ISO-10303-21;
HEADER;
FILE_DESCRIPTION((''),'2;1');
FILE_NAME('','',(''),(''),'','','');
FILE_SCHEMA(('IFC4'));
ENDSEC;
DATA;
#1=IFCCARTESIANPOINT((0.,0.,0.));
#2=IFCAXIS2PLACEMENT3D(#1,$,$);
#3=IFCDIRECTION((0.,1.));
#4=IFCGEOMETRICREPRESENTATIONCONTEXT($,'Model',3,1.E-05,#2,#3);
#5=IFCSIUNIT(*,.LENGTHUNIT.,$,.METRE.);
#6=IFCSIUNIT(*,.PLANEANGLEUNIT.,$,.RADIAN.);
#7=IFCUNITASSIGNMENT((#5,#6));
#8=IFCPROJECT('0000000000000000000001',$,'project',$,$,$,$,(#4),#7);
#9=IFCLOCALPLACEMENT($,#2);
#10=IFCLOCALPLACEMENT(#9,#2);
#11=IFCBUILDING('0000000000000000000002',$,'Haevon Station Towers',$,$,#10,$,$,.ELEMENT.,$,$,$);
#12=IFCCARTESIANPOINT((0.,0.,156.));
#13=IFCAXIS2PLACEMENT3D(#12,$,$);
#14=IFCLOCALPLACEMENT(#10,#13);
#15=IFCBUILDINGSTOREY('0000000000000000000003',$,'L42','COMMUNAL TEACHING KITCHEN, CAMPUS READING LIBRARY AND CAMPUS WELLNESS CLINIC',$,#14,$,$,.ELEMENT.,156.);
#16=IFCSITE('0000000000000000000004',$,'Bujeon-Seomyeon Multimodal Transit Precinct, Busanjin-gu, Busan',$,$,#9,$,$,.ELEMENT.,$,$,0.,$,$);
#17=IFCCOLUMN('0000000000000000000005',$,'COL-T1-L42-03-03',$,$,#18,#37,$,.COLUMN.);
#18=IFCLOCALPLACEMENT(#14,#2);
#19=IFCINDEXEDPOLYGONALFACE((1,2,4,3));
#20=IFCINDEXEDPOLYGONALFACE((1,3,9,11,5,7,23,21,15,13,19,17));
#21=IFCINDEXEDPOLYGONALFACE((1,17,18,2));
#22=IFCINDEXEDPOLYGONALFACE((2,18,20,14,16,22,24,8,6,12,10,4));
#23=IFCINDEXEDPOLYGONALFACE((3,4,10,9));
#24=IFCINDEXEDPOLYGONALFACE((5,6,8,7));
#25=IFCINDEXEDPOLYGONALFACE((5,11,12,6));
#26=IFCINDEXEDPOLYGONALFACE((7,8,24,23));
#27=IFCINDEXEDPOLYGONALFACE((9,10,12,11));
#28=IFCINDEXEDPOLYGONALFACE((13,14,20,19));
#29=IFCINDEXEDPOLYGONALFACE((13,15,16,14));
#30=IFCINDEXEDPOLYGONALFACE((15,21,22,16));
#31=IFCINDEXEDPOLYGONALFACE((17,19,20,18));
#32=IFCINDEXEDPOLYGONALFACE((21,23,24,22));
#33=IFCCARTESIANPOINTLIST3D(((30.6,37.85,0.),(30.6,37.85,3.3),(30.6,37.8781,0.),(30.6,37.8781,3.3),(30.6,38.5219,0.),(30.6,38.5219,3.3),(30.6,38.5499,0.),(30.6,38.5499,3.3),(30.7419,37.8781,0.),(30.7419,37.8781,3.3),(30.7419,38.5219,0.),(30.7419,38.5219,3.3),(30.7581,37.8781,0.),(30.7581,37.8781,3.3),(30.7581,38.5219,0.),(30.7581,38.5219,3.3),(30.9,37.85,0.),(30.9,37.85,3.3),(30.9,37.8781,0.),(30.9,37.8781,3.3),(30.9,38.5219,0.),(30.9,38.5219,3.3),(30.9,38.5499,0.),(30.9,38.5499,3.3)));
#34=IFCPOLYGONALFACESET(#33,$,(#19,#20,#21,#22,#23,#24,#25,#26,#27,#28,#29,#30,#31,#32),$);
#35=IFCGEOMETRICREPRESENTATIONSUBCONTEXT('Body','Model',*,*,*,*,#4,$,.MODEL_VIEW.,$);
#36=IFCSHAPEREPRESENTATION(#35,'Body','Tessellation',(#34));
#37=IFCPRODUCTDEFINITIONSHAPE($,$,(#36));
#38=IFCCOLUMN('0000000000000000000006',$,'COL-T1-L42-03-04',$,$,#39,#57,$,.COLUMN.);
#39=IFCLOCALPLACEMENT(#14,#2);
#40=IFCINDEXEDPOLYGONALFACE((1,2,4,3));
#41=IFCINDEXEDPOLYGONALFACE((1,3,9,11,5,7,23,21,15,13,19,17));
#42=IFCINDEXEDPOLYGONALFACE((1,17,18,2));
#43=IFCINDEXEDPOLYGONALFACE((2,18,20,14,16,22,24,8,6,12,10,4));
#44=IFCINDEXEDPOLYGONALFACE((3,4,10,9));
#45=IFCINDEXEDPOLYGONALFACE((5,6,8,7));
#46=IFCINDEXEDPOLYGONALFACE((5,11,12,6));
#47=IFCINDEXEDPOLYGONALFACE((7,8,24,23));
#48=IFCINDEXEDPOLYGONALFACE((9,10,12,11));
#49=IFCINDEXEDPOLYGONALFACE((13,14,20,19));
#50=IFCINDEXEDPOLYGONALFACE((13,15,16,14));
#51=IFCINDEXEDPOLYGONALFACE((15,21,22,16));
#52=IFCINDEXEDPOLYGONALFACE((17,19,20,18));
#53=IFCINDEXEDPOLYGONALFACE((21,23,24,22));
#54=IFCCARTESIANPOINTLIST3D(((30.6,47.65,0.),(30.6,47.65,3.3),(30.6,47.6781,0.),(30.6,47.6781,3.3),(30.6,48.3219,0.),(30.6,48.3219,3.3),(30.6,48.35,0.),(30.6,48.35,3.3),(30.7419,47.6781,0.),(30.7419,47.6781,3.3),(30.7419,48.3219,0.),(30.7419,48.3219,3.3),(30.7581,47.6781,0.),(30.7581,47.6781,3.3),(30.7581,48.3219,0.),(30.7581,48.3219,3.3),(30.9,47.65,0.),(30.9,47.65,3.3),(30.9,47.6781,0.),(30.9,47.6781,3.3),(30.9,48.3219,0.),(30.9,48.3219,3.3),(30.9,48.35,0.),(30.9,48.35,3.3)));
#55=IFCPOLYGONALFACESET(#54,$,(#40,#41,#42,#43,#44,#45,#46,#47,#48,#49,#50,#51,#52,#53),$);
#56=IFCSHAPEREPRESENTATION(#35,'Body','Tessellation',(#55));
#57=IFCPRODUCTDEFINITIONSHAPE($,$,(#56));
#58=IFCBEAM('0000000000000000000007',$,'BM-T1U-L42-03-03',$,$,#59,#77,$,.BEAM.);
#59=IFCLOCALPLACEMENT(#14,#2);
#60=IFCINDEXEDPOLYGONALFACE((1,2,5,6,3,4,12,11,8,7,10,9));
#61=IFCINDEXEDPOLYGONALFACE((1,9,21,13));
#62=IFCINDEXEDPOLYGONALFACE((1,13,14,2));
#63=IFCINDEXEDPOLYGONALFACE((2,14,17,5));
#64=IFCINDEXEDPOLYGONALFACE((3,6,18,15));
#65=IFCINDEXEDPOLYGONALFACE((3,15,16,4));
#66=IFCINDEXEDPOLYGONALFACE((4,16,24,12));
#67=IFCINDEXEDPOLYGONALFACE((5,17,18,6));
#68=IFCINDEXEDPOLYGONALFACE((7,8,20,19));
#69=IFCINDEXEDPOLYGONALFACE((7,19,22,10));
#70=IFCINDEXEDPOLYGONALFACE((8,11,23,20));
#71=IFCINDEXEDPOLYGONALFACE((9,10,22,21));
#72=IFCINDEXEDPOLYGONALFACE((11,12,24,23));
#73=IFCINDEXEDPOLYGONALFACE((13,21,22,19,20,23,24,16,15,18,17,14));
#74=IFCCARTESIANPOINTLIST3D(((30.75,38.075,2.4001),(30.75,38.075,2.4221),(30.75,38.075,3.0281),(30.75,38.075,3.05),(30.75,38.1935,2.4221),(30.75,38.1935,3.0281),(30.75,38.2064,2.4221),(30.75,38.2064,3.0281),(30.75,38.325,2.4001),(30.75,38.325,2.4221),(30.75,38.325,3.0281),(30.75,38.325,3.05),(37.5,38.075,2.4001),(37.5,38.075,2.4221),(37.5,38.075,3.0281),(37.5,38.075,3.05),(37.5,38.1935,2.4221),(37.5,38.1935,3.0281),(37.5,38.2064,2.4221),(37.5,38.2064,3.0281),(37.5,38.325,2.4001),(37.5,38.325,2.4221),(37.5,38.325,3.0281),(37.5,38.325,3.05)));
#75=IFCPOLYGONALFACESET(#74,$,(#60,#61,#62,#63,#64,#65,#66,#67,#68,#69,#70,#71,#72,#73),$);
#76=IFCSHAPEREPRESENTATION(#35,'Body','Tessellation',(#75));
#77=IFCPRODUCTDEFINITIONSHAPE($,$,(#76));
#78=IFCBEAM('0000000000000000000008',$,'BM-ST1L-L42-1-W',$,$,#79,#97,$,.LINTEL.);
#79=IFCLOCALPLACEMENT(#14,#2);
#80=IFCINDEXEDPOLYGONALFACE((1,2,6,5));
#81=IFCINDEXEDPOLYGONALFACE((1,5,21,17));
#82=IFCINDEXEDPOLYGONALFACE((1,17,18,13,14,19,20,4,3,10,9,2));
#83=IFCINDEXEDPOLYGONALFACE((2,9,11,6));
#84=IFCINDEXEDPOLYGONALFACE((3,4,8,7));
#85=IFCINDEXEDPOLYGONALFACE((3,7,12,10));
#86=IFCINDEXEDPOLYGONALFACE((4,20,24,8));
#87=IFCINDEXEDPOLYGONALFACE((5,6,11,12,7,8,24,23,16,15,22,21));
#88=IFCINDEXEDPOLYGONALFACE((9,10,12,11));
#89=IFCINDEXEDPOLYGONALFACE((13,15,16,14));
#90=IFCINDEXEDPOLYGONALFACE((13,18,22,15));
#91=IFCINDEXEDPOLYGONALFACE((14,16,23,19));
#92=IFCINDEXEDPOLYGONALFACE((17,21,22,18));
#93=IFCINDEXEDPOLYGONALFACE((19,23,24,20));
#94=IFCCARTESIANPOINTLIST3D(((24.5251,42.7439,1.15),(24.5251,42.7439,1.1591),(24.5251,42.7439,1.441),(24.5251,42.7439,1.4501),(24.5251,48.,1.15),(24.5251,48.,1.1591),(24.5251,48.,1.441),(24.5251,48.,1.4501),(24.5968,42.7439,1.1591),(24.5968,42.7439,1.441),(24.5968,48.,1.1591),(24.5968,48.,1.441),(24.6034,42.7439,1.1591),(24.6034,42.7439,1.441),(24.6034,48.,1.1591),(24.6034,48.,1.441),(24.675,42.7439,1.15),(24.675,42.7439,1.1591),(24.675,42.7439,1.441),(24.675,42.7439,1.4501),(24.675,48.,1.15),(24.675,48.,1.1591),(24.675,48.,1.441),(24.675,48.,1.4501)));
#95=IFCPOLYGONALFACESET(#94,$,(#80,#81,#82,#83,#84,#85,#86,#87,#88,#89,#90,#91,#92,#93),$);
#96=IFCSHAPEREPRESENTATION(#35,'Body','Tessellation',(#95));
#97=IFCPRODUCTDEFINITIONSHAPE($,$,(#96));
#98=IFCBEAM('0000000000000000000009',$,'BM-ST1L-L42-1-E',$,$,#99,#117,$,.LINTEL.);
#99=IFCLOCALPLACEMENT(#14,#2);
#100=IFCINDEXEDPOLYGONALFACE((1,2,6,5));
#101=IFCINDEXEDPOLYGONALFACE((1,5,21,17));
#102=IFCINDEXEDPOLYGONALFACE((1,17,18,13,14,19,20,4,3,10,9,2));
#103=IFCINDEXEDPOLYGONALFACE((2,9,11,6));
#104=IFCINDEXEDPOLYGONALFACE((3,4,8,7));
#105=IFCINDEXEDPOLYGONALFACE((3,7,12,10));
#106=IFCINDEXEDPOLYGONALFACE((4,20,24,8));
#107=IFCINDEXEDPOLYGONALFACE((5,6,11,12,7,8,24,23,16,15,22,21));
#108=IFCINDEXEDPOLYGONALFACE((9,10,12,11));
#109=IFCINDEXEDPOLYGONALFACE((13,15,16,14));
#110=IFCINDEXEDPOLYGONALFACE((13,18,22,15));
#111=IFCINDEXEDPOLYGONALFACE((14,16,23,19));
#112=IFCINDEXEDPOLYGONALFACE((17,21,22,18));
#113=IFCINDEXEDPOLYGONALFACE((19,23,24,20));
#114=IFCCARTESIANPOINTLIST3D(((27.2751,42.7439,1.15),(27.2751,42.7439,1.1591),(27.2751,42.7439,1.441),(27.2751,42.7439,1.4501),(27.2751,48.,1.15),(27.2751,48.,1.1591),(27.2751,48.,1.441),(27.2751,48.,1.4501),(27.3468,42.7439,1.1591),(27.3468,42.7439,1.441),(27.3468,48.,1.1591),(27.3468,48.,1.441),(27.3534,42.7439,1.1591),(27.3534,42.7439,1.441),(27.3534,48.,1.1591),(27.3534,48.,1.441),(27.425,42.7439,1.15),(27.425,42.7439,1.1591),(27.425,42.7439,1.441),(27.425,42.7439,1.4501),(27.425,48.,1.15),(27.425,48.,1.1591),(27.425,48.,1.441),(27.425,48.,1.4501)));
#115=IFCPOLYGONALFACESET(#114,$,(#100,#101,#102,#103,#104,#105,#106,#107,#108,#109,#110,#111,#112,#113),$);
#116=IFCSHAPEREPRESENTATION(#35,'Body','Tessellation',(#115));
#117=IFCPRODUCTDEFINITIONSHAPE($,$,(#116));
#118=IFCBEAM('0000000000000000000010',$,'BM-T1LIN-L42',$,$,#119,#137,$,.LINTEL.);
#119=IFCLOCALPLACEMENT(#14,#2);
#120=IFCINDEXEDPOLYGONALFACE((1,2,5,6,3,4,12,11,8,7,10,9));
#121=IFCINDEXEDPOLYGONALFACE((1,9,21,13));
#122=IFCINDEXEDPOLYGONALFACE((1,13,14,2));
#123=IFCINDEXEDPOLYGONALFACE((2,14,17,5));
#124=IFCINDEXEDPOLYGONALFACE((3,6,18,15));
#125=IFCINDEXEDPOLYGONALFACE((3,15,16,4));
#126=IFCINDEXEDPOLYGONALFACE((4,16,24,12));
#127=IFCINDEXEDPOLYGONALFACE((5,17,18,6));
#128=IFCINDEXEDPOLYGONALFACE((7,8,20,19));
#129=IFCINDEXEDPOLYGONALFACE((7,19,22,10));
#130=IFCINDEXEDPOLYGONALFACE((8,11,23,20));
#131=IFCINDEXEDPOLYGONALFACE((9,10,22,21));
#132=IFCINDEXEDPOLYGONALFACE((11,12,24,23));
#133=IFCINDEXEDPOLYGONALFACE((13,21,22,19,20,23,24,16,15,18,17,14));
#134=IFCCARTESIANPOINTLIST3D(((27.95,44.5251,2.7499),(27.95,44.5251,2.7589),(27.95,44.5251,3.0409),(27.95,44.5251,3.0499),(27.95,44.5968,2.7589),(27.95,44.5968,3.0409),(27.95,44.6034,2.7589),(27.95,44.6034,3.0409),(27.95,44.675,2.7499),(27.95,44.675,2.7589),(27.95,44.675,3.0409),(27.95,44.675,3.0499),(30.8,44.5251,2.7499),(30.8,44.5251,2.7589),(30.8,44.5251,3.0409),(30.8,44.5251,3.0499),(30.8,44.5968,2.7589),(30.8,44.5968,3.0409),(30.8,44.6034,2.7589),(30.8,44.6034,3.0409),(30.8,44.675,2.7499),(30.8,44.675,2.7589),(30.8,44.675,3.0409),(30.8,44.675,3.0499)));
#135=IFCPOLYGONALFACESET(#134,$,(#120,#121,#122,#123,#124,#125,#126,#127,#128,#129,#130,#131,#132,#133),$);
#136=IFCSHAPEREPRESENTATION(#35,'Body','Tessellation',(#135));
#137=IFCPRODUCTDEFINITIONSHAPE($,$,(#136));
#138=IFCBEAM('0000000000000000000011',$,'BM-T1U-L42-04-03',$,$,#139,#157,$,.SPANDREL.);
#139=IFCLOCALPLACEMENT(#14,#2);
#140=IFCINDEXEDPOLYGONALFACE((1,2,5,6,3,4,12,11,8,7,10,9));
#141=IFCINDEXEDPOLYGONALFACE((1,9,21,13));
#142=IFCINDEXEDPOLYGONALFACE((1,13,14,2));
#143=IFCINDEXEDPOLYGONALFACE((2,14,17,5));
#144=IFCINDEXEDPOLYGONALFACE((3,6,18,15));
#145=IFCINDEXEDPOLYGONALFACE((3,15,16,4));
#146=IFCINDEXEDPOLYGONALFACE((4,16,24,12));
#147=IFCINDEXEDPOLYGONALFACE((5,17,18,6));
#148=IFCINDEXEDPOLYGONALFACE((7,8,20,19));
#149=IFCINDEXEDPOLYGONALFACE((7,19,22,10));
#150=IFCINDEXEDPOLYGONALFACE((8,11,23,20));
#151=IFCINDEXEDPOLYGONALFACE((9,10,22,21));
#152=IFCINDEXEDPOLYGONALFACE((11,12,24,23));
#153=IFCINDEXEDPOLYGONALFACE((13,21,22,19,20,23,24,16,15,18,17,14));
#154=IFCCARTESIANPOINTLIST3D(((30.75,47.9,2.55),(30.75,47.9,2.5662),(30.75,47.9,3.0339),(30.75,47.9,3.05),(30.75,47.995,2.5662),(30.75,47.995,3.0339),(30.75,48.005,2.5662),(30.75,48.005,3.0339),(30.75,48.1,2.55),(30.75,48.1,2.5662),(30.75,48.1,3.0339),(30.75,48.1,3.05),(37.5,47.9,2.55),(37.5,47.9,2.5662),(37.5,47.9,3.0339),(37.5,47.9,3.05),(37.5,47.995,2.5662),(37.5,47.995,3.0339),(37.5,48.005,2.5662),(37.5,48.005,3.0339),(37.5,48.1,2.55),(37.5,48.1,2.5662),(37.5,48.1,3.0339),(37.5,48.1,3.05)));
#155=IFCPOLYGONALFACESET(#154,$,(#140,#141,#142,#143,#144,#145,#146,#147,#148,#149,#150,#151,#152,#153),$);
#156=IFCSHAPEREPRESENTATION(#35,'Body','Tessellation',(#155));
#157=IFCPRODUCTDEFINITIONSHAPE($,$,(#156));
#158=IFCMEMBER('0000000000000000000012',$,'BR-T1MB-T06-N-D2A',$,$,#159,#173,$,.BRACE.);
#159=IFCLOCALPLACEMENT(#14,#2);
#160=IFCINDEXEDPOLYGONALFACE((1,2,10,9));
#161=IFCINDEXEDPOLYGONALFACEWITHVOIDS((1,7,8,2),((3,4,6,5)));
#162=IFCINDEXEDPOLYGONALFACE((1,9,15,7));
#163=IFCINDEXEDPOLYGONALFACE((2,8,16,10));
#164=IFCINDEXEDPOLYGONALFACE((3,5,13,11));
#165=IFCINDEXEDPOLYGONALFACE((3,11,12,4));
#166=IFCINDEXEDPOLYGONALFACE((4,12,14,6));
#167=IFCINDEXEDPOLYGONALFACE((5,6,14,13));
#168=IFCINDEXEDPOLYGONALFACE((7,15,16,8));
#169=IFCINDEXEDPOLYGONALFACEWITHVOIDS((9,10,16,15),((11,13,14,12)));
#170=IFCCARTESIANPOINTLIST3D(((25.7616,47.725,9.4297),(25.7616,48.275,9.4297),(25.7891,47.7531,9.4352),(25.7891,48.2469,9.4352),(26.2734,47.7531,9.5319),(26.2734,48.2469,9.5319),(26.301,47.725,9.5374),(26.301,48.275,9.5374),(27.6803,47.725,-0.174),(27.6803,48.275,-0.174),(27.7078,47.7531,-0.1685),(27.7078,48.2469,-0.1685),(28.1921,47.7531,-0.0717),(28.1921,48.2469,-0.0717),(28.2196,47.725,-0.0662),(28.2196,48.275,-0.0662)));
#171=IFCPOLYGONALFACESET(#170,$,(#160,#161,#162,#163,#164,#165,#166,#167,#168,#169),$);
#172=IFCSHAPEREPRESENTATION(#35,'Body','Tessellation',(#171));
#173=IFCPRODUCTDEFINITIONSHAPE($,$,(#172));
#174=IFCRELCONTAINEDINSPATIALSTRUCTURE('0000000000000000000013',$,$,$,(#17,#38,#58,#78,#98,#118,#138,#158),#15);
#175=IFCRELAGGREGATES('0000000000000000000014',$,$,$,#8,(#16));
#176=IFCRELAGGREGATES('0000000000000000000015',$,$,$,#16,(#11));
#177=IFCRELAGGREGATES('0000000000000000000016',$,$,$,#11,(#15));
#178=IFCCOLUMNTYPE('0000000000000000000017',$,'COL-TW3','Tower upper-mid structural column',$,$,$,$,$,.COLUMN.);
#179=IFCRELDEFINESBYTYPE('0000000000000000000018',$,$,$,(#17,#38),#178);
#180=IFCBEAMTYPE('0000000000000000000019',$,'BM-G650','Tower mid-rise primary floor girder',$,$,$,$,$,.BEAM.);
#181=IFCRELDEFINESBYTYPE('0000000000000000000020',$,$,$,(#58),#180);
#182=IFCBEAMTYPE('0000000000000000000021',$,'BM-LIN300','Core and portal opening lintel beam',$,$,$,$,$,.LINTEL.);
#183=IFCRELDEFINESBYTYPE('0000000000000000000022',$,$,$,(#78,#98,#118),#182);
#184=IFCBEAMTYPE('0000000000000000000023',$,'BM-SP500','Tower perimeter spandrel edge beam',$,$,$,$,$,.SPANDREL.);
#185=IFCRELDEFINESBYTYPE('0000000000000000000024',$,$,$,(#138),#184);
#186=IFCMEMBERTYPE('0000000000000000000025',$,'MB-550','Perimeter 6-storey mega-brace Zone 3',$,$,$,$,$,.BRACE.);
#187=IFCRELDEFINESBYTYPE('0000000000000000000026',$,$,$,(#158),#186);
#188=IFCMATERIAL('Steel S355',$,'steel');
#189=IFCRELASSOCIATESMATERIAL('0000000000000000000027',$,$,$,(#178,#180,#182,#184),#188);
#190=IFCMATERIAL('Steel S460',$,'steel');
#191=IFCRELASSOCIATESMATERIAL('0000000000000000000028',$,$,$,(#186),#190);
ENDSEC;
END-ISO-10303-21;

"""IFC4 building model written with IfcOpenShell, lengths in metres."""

from ifc_helpers import new_model, si_unit, direction, frame, origin, origin_2d, place, context, subcontext, project, spatial, hollow_rectangle, i_section, extrude, material, material_profile, profile_set, type_object, element, save


model = new_model("IFC4")

# Units and contexts
model_context = context("Model", 3, precision=1e-05, world=origin(), true_north=direction((0.0, 1.0)))
body_context = subcontext(model_context, "Body", "Model", "MODEL_VIEW")
ifc_project = project(units=[si_unit("LENGTHUNIT", "METRE"), si_unit("PLANEANGLEUNIT", "RADIAN")], contexts=[model_context])

# Site, building, storey
site_placement = place(None, origin())
site = spatial("IfcSite", under=ifc_project, at=site_placement, Name="Bujeon-Seomyeon Multimodal Transit Precinct, Busanjin-gu, Busan", CompositionType="ELEMENT", RefElevation=0.0)
building_placement = place(site_placement, origin())
building = spatial("IfcBuilding", under=site, at=building_placement, Name="Haevon Station Towers", CompositionType="ELEMENT")
storey_placement = place(building_placement, frame((0.0, 0.0, 156.0)))
storey = spatial("IfcBuildingStorey", under=building, at=storey_placement, Name="L42", Description="COMMUNAL TEACHING KITCHEN, CAMPUS READING LIBRARY AND CAMPUS WELLNESS CLINIC", CompositionType="ELEMENT", Elevation=156.0)

# Columns
ifc_material_1 = material(Name="Steel S355", Category="steel")
ifc_material_profile_1 = material_profile(ifc_material_1, i_section(OverallWidth=0.3, OverallDepth=0.7, WebThickness=0.0161, FlangeThickness=0.0281, at=origin_2d()), Name="H-700x300x16x28")
ifc_profile_set_1 = profile_set([ifc_material_profile_1], Name="Steel S355")
column_type = type_object("IfcColumnType", Name="COL-TW3", Description="Tower upper-mid structural column", PredefinedType="COLUMN", material=ifc_profile_set_1)
for number, where, z_axis, x_axis, name in (
    (1, (30.75, 38.2, 0.0), (0.0, 0.0, 1.0), (1.0, 0.0, 0.0), "COL-T1-L42-03-03"),
    (2, (30.75, 48.0, 0.0), (0.0, 0.0, 1.0), (1.0, 0.0, 0.0), "COL-T1-L42-03-04"),
):
    element("IfcColumn", number, at=place(storey_placement, frame(where, z_axis=z_axis, x_axis=x_axis)), inside=storey, type_object=column_type, Name=name, PredefinedType="COLUMN", context=body_context, shape_type="SweptSolid", body=[
        extrude(i_section(OverallWidth=0.3, OverallDepth=0.7, WebThickness=0.0161, FlangeThickness=0.0281, at=origin_2d()), origin(), (0.0, 0.0, 1.0), 3.3),
    ])

# Beams
ifc_material_profile_2 = material_profile(ifc_material_1, i_section(OverallWidth=0.25, OverallDepth=0.6499, WebThickness=0.0129, FlangeThickness=0.022, at=origin_2d()), Name="H-650x250x13x22")
ifc_profile_set_2 = profile_set([ifc_material_profile_2], Name="Steel S355")
beam_type_1 = type_object("IfcBeamType", Name="BM-G650", Description="Tower mid-rise primary floor girder", PredefinedType="BEAM", material=ifc_profile_set_2)
beam_1_placement = place(storey_placement, frame((30.75, 38.2, 2.7251), z_axis=(1.0, 0.0, 0.0), x_axis=(0.0, 1.0, 0.0)))
element("IfcBeam", 3, at=beam_1_placement, inside=storey, type_object=beam_type_1, Name="BM-T1U-L42-03-03", PredefinedType="BEAM", context=body_context, shape_type="SweptSolid", body=[
    extrude(i_section(OverallWidth=0.25, OverallDepth=0.6499, WebThickness=0.0129, FlangeThickness=0.022, at=origin_2d()), origin(), (0.0, 0.0, 1.0), 6.75),
])
ifc_material_profile_3 = material_profile(ifc_material_1, i_section(OverallWidth=0.1499, OverallDepth=0.3, WebThickness=0.0066, FlangeThickness=0.009, at=origin_2d()), Name="H-300x150x6.5x9")
ifc_profile_set_3 = profile_set([ifc_material_profile_3], Name="Steel S355")
beam_type_2 = type_object("IfcBeamType", Name="BM-LIN300", Description="Core and portal opening lintel beam", PredefinedType="LINTEL", material=ifc_profile_set_3)
for number, where, z_axis, x_axis, name in (
    (4, (24.6001, 42.7439, 1.3), (0.0, 1.0, 0.0), (-1.0, 0.0, 0.0), "BM-ST1L-L42-1-W"),
    (5, (27.3501, 42.7439, 1.3), (0.0, 1.0, 0.0), (-1.0, 0.0, 0.0), "BM-ST1L-L42-1-E"),
):
    element("IfcBeam", number, at=place(storey_placement, frame(where, z_axis=z_axis, x_axis=x_axis)), inside=storey, type_object=beam_type_2, Name=name, PredefinedType="LINTEL", context=body_context, shape_type="SweptSolid", body=[
        extrude(i_section(OverallWidth=0.1499, OverallDepth=0.3, WebThickness=0.0066, FlangeThickness=0.009, at=origin_2d()), origin(), (0.0, 0.0, 1.0), 5.2561),
    ])
beam_2_placement = place(storey_placement, frame((27.95, 44.6001, 2.8999), z_axis=(1.0, 0.0, 0.0), x_axis=(0.0, 1.0, 0.0)))
element("IfcBeam", 6, at=beam_2_placement, inside=storey, type_object=beam_type_2, Name="BM-T1LIN-L42", PredefinedType="LINTEL", context=body_context, shape_type="SweptSolid", body=[
    extrude(i_section(OverallWidth=0.1499, OverallDepth=0.3, WebThickness=0.0066, FlangeThickness=0.009, at=origin_2d()), origin(), (0.0, 0.0, 1.0), 2.8501),
])
ifc_material_profile_4 = material_profile(ifc_material_1, i_section(OverallWidth=0.2, OverallDepth=0.5, WebThickness=0.01, FlangeThickness=0.0161, at=origin_2d()), Name="H-500x200x10x16")
ifc_profile_set_4 = profile_set([ifc_material_profile_4], Name="Steel S355")
beam_type_3 = type_object("IfcBeamType", Name="BM-SP500", Description="Tower perimeter spandrel edge beam", PredefinedType="SPANDREL", material=ifc_profile_set_4)
beam_3_placement = place(storey_placement, frame((30.75, 48.0, 2.8), z_axis=(1.0, 0.0, 0.0), x_axis=(0.0, 1.0, 0.0)))
element("IfcBeam", 7, at=beam_3_placement, inside=storey, type_object=beam_type_3, Name="BM-T1U-L42-04-03", PredefinedType="SPANDREL", context=body_context, shape_type="SweptSolid", body=[
    extrude(i_section(OverallWidth=0.2, OverallDepth=0.5, WebThickness=0.01, FlangeThickness=0.0161, at=origin_2d()), origin(), (0.0, 0.0, 1.0), 6.75),
])

# Member
ifc_material_2 = material(Name="Steel S460", Category="steel")
ifc_material_profile_5 = material_profile(ifc_material_2, hollow_rectangle(XDim=0.55, YDim=0.55, WallThickness=0.0281, at=origin_2d()), Name="RHS-550x550x28")
ifc_profile_set_5 = profile_set([ifc_material_profile_5], Name="Steel S460")
member_type = type_object("IfcMemberType", Name="MB-550", Description="Perimeter 6-storey mega-brace Zone 3", PredefinedType="BRACE", material=ifc_profile_set_5)
member_placement = place(storey_placement, frame((27.95, 48.0, -0.1201), z_axis=(-0.195915, 0.0, 0.980621), x_axis=(0.0, -1.0, 0.0)))
element("IfcMember", 8, at=member_placement, inside=storey, type_object=member_type, Name="BR-T1MB-T06-N-D2A", PredefinedType="BRACE", context=body_context, shape_type="SweptSolid", body=[
    extrude(hollow_rectangle(XDim=0.55, YDim=0.55, WallThickness=0.0281, at=origin_2d()), origin(), (0.0, 0.0, 1.0), 9.7935),
])

save(model, "model.ifc")
